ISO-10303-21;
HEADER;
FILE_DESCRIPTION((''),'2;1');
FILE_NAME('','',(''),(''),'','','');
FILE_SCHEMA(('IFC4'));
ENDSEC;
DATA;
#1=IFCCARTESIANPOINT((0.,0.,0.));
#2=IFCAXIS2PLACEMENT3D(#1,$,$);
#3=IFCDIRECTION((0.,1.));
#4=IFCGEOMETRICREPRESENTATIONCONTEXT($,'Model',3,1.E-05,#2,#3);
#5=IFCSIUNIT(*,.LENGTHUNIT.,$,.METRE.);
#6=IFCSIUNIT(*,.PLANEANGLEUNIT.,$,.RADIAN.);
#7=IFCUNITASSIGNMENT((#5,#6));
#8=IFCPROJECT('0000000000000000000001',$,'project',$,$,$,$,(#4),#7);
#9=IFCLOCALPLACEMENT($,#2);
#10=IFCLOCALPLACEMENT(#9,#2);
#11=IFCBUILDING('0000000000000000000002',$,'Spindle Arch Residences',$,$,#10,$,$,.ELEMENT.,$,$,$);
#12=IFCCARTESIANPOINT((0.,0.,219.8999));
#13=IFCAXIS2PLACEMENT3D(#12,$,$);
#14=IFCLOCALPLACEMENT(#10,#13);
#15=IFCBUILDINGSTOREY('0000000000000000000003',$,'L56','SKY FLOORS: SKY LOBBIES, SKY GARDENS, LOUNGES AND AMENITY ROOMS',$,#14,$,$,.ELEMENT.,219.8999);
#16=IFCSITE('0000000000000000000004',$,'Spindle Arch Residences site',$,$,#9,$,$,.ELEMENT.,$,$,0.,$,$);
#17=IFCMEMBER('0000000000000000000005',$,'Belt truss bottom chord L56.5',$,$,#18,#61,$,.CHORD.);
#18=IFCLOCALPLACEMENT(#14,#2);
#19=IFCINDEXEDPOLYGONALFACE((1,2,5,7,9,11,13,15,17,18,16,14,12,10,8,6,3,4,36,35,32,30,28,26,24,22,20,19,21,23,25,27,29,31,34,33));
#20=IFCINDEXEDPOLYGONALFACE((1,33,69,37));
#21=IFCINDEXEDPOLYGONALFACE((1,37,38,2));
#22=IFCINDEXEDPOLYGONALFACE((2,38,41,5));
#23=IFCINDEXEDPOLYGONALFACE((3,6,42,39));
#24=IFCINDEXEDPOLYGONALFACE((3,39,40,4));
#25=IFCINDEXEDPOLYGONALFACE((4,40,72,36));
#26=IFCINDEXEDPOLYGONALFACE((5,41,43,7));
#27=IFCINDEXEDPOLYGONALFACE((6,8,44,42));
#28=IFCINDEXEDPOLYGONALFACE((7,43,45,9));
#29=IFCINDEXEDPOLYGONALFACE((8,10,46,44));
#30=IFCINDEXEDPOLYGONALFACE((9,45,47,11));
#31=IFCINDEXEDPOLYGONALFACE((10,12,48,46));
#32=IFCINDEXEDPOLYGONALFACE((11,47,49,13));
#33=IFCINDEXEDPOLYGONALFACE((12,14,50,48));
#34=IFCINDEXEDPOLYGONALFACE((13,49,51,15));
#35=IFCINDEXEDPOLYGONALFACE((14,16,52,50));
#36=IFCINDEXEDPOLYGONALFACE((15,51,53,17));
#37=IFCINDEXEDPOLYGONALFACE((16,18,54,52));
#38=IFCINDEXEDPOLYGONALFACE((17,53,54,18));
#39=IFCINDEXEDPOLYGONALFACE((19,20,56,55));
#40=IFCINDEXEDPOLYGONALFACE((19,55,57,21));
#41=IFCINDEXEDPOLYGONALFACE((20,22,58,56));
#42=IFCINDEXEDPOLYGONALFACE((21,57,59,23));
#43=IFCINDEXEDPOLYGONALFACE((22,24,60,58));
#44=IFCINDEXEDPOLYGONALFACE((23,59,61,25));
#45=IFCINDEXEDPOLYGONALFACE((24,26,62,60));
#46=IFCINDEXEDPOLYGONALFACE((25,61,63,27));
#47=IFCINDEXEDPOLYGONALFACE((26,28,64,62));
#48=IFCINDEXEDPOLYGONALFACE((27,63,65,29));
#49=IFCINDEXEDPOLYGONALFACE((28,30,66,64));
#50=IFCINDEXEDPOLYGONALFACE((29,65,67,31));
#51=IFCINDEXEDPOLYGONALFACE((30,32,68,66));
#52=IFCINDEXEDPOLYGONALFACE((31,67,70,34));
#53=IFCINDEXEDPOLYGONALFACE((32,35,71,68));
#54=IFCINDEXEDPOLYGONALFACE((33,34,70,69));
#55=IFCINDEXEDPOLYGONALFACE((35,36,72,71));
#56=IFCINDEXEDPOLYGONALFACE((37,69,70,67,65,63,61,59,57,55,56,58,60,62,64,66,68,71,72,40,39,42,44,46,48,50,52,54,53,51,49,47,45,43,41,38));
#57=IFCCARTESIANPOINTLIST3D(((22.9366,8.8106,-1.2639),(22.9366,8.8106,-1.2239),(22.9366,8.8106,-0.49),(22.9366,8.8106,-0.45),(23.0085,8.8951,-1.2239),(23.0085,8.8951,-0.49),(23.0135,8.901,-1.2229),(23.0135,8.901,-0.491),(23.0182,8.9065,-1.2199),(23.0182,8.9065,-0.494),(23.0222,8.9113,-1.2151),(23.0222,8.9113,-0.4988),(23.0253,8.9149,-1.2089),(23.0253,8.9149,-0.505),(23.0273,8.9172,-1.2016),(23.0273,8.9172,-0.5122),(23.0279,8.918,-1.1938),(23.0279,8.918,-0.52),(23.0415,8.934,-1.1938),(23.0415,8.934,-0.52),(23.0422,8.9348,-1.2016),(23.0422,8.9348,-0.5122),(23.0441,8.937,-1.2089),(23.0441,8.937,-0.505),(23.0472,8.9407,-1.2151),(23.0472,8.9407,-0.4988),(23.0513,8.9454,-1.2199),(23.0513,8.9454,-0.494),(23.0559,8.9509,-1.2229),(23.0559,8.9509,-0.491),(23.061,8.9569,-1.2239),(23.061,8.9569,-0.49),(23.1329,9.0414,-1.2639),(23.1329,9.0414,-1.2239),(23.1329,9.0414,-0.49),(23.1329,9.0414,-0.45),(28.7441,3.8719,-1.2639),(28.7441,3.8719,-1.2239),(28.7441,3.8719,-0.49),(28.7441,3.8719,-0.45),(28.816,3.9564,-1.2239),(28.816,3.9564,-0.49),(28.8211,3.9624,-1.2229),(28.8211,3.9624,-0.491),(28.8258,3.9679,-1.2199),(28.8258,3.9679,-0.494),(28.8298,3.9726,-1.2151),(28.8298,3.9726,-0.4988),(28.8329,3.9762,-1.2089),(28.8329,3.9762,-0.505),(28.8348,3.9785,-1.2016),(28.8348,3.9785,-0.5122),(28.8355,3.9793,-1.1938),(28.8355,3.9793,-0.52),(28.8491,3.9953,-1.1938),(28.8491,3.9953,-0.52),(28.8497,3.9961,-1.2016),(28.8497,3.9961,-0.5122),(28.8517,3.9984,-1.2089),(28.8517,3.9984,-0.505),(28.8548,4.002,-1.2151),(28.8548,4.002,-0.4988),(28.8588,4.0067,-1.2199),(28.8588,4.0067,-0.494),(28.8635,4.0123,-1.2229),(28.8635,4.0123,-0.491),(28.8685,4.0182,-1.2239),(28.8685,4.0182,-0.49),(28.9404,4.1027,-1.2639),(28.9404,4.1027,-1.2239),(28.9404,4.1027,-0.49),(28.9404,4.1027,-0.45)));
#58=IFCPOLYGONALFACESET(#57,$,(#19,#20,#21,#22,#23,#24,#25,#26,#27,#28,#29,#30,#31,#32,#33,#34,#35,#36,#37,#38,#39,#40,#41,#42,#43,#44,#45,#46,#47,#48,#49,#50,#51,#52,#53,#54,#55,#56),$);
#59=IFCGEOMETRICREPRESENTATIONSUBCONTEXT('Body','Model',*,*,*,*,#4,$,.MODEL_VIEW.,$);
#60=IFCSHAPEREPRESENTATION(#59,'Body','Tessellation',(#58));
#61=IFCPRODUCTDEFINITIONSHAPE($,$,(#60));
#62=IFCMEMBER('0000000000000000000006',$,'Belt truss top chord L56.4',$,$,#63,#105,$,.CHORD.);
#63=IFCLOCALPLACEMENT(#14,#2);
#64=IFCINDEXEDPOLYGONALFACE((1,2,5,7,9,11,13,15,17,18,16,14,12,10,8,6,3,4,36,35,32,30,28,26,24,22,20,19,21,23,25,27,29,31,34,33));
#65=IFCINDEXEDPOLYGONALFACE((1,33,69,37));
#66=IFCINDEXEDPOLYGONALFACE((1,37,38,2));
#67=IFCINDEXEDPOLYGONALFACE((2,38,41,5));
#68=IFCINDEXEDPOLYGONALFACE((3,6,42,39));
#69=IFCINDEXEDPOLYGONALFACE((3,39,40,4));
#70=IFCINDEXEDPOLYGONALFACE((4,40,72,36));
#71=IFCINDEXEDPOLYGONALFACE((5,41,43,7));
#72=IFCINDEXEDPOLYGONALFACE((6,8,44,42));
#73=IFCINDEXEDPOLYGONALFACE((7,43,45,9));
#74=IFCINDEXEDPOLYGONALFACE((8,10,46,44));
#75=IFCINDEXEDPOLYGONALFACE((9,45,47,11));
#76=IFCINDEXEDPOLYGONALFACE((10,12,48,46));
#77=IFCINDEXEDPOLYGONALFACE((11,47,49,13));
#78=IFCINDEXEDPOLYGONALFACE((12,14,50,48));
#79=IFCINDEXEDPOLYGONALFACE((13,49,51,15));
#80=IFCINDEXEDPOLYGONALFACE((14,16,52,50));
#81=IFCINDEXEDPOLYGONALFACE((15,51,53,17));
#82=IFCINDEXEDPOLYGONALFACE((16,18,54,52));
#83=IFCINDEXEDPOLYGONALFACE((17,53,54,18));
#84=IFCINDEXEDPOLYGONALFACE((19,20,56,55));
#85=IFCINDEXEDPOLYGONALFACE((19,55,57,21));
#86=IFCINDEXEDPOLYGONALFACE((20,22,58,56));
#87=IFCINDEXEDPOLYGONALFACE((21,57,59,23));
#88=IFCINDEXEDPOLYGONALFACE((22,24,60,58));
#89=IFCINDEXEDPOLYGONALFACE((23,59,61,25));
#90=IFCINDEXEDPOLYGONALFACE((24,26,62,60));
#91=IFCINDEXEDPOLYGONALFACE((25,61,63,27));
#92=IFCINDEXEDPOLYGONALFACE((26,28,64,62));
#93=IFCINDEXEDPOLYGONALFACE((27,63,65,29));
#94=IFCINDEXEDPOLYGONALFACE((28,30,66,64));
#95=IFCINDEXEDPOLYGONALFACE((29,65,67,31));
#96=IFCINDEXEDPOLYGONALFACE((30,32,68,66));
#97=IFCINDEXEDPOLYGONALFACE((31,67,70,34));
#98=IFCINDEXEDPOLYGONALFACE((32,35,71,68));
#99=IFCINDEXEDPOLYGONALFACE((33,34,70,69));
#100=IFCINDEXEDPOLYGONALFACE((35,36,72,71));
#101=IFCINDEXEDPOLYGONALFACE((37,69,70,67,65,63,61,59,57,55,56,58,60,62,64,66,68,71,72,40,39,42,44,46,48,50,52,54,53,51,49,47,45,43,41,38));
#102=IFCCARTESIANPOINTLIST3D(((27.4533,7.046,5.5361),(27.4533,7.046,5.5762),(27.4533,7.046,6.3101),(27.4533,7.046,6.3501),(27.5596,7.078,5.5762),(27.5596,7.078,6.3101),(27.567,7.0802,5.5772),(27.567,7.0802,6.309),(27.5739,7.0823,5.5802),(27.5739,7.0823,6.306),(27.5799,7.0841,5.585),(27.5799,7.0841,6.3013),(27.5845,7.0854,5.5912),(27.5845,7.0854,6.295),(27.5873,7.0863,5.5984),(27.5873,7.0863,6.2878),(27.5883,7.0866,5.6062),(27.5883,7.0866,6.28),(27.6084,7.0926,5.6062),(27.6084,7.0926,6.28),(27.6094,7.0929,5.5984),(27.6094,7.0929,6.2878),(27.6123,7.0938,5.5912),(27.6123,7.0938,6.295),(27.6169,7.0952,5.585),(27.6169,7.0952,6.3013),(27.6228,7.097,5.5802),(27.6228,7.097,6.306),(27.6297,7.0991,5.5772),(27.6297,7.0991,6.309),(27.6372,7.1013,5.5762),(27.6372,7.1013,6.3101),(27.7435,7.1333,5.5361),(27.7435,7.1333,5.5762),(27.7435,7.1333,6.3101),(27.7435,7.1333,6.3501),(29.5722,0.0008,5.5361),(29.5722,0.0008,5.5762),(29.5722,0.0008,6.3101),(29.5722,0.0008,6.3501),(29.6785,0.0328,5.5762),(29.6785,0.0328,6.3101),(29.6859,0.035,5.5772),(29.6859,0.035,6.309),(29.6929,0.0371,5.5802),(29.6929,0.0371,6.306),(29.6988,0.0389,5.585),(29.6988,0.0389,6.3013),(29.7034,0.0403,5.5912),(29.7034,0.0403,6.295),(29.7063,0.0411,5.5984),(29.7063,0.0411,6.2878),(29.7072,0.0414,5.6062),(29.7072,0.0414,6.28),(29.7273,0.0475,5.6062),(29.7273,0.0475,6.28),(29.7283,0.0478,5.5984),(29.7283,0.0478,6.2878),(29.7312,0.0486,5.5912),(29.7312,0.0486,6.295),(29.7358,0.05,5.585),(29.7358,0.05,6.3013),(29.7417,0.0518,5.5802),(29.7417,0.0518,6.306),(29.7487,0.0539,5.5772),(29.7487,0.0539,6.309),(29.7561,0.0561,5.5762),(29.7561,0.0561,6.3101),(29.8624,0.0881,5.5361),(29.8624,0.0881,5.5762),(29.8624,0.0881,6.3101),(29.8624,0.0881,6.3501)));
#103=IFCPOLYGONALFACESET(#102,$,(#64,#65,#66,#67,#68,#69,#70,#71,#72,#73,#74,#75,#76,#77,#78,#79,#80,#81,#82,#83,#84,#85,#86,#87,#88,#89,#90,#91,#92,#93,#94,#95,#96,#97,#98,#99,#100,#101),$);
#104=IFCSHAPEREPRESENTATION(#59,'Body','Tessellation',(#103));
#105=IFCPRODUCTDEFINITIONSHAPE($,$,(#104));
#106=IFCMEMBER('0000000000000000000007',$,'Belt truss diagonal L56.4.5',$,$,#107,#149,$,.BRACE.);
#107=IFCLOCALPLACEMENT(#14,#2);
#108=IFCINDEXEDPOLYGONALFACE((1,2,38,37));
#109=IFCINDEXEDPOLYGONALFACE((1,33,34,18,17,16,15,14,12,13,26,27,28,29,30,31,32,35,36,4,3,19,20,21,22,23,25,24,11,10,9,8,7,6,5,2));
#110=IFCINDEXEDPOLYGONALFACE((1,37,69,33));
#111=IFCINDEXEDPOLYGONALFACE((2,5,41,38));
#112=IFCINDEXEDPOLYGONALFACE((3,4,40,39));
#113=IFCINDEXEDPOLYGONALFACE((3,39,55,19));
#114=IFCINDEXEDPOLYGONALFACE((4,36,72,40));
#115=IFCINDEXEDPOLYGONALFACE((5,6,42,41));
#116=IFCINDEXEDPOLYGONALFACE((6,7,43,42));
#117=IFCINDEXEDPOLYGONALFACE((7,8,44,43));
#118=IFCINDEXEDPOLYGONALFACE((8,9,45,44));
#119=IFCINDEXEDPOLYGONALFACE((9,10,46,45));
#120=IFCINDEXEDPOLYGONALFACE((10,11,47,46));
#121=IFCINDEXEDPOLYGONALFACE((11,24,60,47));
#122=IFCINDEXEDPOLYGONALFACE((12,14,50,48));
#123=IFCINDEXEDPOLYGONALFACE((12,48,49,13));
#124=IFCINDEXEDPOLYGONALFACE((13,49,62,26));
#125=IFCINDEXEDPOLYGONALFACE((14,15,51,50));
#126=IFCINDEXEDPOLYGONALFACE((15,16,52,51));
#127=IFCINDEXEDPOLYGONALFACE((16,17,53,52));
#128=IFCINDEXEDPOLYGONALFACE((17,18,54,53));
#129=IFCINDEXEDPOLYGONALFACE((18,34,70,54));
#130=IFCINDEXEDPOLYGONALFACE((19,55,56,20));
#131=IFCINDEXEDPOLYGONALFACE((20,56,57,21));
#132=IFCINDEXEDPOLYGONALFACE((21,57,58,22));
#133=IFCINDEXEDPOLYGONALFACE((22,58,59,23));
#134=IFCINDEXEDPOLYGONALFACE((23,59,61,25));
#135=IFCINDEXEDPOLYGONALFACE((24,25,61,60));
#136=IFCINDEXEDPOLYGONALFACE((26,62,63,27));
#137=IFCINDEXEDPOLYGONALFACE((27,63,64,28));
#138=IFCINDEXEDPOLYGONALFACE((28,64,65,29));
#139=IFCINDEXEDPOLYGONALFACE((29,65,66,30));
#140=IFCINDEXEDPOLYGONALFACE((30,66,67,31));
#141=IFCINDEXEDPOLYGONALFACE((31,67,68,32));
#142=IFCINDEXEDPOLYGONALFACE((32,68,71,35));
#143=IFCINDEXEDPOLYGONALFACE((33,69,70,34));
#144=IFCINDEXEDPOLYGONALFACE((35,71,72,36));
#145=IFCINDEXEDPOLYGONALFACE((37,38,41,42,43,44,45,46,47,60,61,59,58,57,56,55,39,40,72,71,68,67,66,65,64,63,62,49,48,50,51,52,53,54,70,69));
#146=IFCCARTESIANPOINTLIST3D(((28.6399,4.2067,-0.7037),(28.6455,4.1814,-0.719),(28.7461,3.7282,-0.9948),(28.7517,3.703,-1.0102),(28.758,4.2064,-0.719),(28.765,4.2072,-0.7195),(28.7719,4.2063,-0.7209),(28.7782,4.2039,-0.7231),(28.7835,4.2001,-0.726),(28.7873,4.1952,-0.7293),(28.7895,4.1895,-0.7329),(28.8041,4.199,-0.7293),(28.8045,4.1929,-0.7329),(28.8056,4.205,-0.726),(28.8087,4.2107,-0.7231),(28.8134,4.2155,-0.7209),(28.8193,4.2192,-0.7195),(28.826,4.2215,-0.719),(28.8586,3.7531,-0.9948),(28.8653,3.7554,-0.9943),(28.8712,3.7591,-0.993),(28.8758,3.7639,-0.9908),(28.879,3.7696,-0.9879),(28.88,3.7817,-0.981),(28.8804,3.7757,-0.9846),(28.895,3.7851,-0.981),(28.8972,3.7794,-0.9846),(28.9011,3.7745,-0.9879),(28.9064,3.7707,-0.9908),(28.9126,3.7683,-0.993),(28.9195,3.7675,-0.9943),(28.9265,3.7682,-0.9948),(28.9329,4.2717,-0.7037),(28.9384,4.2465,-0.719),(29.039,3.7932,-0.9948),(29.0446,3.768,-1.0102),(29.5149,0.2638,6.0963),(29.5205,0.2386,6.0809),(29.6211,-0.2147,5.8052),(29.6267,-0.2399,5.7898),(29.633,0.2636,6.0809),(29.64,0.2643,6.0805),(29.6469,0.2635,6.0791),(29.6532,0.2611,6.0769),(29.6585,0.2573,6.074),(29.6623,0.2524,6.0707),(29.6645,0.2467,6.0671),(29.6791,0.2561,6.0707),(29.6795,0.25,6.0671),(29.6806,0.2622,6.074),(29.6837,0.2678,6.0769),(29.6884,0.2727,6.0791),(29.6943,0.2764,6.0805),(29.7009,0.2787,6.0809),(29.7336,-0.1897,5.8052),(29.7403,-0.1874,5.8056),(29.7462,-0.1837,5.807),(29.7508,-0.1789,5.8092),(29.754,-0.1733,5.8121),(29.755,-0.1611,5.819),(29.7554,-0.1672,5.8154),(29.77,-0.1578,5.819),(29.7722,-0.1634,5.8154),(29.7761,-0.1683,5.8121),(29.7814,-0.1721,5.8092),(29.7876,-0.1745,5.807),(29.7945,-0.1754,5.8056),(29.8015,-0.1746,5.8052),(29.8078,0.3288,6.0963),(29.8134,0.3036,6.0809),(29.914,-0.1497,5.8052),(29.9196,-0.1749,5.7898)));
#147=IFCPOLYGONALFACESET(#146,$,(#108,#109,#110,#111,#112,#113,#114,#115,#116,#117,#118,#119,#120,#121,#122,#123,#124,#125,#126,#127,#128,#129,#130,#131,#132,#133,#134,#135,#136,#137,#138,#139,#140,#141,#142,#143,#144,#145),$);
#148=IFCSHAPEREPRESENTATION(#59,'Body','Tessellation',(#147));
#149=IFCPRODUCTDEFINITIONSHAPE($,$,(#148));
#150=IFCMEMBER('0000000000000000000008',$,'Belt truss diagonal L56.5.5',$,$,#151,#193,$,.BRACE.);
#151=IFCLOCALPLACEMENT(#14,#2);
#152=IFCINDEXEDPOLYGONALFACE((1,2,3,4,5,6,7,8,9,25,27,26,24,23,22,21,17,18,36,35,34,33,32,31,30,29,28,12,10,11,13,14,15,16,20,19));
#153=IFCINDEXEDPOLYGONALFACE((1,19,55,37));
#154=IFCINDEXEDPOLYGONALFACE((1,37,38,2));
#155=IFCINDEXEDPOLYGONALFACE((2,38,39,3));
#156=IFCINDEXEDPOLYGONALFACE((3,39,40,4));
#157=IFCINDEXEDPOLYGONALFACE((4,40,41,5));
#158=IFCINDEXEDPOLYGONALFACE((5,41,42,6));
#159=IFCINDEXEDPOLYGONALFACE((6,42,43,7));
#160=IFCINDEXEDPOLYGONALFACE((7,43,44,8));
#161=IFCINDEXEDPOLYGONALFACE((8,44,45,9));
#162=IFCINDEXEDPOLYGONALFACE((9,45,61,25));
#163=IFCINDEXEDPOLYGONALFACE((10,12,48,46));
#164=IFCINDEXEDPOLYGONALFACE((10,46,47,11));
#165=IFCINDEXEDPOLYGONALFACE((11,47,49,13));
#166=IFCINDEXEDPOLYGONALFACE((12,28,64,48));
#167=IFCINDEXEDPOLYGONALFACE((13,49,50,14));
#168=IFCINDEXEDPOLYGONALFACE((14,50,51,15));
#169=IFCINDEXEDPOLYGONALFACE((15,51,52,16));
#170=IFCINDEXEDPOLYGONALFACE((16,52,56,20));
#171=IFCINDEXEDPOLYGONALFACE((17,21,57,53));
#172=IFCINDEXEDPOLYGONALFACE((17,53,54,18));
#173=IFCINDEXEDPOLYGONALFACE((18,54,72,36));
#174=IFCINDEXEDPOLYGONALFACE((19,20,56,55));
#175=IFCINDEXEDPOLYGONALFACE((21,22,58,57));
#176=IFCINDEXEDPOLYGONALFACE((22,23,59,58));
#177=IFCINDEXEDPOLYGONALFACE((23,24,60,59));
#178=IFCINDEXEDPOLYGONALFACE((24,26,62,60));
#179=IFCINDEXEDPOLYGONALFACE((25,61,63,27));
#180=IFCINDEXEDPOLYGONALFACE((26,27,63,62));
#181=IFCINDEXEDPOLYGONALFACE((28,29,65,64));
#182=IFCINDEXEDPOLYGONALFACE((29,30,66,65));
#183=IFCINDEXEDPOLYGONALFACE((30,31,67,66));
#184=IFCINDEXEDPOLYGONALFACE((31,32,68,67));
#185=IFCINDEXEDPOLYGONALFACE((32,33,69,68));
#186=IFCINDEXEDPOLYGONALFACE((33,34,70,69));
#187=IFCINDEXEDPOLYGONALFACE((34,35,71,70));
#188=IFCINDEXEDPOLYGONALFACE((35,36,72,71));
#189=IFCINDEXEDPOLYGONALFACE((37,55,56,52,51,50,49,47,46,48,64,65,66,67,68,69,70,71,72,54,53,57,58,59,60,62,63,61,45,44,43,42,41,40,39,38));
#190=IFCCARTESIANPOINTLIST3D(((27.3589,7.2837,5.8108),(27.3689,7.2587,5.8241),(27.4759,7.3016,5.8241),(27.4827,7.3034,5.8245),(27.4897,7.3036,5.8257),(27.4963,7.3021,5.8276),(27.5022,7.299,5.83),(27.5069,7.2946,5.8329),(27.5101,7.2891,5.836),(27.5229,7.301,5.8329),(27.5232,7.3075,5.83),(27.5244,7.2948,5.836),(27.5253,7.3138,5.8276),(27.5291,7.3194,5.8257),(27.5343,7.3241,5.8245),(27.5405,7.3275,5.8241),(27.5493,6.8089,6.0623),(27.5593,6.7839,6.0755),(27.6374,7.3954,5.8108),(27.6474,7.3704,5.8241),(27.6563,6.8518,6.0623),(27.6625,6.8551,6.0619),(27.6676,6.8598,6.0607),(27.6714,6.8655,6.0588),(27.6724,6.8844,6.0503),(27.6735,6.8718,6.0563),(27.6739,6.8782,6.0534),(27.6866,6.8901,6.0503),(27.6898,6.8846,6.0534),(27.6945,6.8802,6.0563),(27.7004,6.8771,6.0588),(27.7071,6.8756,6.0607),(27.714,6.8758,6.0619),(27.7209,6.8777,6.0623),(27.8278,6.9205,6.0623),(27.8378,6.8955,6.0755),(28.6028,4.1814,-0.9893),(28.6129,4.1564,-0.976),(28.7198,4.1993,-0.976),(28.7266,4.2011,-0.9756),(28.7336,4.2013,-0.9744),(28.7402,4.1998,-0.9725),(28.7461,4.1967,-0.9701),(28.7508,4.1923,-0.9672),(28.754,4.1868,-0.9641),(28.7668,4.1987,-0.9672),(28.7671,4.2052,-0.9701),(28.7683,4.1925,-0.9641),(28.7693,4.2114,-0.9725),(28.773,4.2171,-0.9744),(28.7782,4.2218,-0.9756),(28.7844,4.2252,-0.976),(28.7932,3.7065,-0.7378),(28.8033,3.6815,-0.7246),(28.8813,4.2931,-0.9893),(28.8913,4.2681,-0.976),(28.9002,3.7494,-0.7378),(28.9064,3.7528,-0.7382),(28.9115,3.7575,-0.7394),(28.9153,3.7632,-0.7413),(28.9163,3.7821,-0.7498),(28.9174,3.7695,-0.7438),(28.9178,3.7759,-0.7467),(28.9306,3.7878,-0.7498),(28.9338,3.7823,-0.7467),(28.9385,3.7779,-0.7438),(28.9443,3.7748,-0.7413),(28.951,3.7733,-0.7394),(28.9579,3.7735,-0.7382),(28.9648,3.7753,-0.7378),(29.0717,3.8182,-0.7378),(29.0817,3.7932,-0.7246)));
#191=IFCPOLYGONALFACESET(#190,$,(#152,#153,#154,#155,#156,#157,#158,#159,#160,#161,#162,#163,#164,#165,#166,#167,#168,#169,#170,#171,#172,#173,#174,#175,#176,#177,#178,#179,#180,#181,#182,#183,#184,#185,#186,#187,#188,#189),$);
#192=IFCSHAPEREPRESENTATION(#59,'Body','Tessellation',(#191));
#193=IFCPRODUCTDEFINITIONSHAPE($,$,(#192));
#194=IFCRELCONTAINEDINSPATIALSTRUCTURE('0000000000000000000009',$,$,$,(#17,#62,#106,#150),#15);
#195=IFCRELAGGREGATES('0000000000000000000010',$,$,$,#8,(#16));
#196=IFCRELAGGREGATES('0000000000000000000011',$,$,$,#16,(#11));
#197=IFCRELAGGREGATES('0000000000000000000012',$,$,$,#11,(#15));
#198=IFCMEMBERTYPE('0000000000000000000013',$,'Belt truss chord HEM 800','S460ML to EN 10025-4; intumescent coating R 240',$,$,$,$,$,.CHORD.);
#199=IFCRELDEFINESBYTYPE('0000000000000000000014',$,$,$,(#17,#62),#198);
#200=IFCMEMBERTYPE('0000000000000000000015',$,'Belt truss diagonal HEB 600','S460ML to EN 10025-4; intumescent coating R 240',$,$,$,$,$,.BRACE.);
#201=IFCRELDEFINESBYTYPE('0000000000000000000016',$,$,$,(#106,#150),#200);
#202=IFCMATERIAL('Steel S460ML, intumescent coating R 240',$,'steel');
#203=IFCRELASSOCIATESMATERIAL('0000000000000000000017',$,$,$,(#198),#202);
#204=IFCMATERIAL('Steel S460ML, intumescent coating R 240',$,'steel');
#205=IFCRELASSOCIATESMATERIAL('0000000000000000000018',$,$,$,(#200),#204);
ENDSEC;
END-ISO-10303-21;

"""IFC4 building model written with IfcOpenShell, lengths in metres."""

from ifc_helpers import new_model, si_unit, direction, frame, origin, origin_2d, place, context, subcontext, project, spatial, i_section, extrude, material, material_profile, profile_set, type_object, element, save


model = new_model("IFC4")

# Units and contexts
model_context = context("Model", 3, precision=1e-05, world=origin(), true_north=direction((0.0, 1.0)))
body_context = subcontext(model_context, "Body", "Model", "MODEL_VIEW")
ifc_project = project(units=[si_unit("LENGTHUNIT", "METRE"), si_unit("PLANEANGLEUNIT", "RADIAN")], contexts=[model_context])

# Site, building, storey
site_placement = place(None, origin())
site = spatial("IfcSite", under=ifc_project, at=site_placement, Name="Spindle Arch Residences site", CompositionType="ELEMENT", RefElevation=0.0)
building_placement = place(site_placement, origin())
building = spatial("IfcBuilding", under=site, at=building_placement, Name="Spindle Arch Residences", CompositionType="ELEMENT")
storey_placement = place(building_placement, frame((0.0, 0.0, 219.8999)))
storey = spatial("IfcBuildingStorey", under=building, at=storey_placement, Name="L56", Description="SKY FLOORS: SKY LOBBIES, SKY GARDENS, LOUNGES AND AMENITY ROOMS", CompositionType="ELEMENT", Elevation=219.8999)

# Members
ifc_material_1 = material(Name="Steel S460ML, intumescent coating R 240", Category="steel")
ifc_material_profile_1 = material_profile(ifc_material_1, i_section(OverallWidth=0.303, OverallDepth=0.814, WebThickness=0.021, FlangeThickness=0.04, FilletRadius=0.03, at=origin_2d()), Name="HEM 800")
ifc_profile_set_1 = profile_set([ifc_material_profile_1], Name="Steel S460ML, intumescent coating R 240")
member_type_1 = type_object("IfcMemberType", Name="Belt truss chord HEM 800", Description="S460ML to EN 10025-4; intumescent coating R 240", PredefinedType="CHORD", material=ifc_profile_set_1)
member_1_placement = place(storey_placement, frame((28.8423, 3.9873, -0.8569), z_axis=(-0.761794, 0.647819, 0.0), x_axis=(-0.647819, -0.761794, 0.0)))
element("IfcMember", 1, at=member_1_placement, inside=storey, type_object=member_type_1, Name="Belt truss bottom chord L56.5", PredefinedType="CHORD", context=body_context, shape_type="SweptSolid", body=[
    extrude(i_section(OverallWidth=0.303, OverallDepth=0.814, WebThickness=0.021, FlangeThickness=0.04, FilletRadius=0.03, at=origin_2d()), origin(), (0.0, 0.0, 1.0), 7.6235),
])
member_2_placement = place(storey_placement, frame((29.7173, 0.0444, 5.9431), z_axis=(-0.288015, 0.957626, 0.0), x_axis=(-0.957626, -0.288015, 0.0)))
element("IfcMember", 2, at=member_2_placement, inside=storey, type_object=member_type_1, Name="Belt truss top chord L56.4", PredefinedType="CHORD", context=body_context, shape_type="SweptSolid", body=[
    extrude(i_section(OverallWidth=0.303, OverallDepth=0.814, WebThickness=0.021, FlangeThickness=0.04, FilletRadius=0.03, at=origin_2d()), origin(), (0.0, 0.0, 1.0), 7.3569),
])
ifc_material_2 = material(Name="Steel S460ML, intumescent coating R 240", Category="steel")
ifc_material_profile_2 = material_profile(ifc_material_2, i_section(OverallWidth=0.3, OverallDepth=0.6001, WebThickness=0.0154, FlangeThickness=0.03, FilletRadius=0.0271, at=origin_2d()), Name="HEB 600")
ifc_profile_set_2 = profile_set([ifc_material_profile_2], Name="Steel S460ML, intumescent coating R 240")
member_type_2 = type_object("IfcMemberType", Name="Belt truss diagonal HEB 600", Description="S460ML to EN 10025-4; intumescent coating R 240", PredefinedType="BRACE", material=ifc_profile_set_2)
member_3_placement = place(storey_placement, frame((28.8423, 3.9873, -0.8569), z_axis=(0.110633, -0.498529, 0.859785), x_axis=(0.97625, 0.216649, 0.0)))
element("IfcMember", 3, at=member_3_placement, inside=storey, type_object=member_type_2, Name="Belt truss diagonal L56.4.5", PredefinedType="BRACE", context=body_context, shape_type="SweptSolid", body=[
    extrude(i_section(OverallWidth=0.3, OverallDepth=0.6001, WebThickness=0.0154, FlangeThickness=0.03, FilletRadius=0.0271, at=origin_2d()), origin(), (0.0, 0.0, 1.0), 7.9089),
])
member_4_placement = place(storey_placement, frame((28.8423, 3.9873, -0.8569), z_axis=(-0.164166, 0.409431, 0.89745), x_axis=(-0.928169, -0.372159, 0.0)))
element("IfcMember", 4, at=member_4_placement, inside=storey, type_object=member_type_2, Name="Belt truss diagonal L56.5.5", PredefinedType="BRACE", context=body_context, shape_type="SweptSolid", body=[
    extrude(i_section(OverallWidth=0.3, OverallDepth=0.6001, WebThickness=0.0154, FlangeThickness=0.03, FilletRadius=0.0271, at=origin_2d()), origin(), (0.0, 0.0, 1.0), 7.5771),
])

save(model, "model.ifc")
